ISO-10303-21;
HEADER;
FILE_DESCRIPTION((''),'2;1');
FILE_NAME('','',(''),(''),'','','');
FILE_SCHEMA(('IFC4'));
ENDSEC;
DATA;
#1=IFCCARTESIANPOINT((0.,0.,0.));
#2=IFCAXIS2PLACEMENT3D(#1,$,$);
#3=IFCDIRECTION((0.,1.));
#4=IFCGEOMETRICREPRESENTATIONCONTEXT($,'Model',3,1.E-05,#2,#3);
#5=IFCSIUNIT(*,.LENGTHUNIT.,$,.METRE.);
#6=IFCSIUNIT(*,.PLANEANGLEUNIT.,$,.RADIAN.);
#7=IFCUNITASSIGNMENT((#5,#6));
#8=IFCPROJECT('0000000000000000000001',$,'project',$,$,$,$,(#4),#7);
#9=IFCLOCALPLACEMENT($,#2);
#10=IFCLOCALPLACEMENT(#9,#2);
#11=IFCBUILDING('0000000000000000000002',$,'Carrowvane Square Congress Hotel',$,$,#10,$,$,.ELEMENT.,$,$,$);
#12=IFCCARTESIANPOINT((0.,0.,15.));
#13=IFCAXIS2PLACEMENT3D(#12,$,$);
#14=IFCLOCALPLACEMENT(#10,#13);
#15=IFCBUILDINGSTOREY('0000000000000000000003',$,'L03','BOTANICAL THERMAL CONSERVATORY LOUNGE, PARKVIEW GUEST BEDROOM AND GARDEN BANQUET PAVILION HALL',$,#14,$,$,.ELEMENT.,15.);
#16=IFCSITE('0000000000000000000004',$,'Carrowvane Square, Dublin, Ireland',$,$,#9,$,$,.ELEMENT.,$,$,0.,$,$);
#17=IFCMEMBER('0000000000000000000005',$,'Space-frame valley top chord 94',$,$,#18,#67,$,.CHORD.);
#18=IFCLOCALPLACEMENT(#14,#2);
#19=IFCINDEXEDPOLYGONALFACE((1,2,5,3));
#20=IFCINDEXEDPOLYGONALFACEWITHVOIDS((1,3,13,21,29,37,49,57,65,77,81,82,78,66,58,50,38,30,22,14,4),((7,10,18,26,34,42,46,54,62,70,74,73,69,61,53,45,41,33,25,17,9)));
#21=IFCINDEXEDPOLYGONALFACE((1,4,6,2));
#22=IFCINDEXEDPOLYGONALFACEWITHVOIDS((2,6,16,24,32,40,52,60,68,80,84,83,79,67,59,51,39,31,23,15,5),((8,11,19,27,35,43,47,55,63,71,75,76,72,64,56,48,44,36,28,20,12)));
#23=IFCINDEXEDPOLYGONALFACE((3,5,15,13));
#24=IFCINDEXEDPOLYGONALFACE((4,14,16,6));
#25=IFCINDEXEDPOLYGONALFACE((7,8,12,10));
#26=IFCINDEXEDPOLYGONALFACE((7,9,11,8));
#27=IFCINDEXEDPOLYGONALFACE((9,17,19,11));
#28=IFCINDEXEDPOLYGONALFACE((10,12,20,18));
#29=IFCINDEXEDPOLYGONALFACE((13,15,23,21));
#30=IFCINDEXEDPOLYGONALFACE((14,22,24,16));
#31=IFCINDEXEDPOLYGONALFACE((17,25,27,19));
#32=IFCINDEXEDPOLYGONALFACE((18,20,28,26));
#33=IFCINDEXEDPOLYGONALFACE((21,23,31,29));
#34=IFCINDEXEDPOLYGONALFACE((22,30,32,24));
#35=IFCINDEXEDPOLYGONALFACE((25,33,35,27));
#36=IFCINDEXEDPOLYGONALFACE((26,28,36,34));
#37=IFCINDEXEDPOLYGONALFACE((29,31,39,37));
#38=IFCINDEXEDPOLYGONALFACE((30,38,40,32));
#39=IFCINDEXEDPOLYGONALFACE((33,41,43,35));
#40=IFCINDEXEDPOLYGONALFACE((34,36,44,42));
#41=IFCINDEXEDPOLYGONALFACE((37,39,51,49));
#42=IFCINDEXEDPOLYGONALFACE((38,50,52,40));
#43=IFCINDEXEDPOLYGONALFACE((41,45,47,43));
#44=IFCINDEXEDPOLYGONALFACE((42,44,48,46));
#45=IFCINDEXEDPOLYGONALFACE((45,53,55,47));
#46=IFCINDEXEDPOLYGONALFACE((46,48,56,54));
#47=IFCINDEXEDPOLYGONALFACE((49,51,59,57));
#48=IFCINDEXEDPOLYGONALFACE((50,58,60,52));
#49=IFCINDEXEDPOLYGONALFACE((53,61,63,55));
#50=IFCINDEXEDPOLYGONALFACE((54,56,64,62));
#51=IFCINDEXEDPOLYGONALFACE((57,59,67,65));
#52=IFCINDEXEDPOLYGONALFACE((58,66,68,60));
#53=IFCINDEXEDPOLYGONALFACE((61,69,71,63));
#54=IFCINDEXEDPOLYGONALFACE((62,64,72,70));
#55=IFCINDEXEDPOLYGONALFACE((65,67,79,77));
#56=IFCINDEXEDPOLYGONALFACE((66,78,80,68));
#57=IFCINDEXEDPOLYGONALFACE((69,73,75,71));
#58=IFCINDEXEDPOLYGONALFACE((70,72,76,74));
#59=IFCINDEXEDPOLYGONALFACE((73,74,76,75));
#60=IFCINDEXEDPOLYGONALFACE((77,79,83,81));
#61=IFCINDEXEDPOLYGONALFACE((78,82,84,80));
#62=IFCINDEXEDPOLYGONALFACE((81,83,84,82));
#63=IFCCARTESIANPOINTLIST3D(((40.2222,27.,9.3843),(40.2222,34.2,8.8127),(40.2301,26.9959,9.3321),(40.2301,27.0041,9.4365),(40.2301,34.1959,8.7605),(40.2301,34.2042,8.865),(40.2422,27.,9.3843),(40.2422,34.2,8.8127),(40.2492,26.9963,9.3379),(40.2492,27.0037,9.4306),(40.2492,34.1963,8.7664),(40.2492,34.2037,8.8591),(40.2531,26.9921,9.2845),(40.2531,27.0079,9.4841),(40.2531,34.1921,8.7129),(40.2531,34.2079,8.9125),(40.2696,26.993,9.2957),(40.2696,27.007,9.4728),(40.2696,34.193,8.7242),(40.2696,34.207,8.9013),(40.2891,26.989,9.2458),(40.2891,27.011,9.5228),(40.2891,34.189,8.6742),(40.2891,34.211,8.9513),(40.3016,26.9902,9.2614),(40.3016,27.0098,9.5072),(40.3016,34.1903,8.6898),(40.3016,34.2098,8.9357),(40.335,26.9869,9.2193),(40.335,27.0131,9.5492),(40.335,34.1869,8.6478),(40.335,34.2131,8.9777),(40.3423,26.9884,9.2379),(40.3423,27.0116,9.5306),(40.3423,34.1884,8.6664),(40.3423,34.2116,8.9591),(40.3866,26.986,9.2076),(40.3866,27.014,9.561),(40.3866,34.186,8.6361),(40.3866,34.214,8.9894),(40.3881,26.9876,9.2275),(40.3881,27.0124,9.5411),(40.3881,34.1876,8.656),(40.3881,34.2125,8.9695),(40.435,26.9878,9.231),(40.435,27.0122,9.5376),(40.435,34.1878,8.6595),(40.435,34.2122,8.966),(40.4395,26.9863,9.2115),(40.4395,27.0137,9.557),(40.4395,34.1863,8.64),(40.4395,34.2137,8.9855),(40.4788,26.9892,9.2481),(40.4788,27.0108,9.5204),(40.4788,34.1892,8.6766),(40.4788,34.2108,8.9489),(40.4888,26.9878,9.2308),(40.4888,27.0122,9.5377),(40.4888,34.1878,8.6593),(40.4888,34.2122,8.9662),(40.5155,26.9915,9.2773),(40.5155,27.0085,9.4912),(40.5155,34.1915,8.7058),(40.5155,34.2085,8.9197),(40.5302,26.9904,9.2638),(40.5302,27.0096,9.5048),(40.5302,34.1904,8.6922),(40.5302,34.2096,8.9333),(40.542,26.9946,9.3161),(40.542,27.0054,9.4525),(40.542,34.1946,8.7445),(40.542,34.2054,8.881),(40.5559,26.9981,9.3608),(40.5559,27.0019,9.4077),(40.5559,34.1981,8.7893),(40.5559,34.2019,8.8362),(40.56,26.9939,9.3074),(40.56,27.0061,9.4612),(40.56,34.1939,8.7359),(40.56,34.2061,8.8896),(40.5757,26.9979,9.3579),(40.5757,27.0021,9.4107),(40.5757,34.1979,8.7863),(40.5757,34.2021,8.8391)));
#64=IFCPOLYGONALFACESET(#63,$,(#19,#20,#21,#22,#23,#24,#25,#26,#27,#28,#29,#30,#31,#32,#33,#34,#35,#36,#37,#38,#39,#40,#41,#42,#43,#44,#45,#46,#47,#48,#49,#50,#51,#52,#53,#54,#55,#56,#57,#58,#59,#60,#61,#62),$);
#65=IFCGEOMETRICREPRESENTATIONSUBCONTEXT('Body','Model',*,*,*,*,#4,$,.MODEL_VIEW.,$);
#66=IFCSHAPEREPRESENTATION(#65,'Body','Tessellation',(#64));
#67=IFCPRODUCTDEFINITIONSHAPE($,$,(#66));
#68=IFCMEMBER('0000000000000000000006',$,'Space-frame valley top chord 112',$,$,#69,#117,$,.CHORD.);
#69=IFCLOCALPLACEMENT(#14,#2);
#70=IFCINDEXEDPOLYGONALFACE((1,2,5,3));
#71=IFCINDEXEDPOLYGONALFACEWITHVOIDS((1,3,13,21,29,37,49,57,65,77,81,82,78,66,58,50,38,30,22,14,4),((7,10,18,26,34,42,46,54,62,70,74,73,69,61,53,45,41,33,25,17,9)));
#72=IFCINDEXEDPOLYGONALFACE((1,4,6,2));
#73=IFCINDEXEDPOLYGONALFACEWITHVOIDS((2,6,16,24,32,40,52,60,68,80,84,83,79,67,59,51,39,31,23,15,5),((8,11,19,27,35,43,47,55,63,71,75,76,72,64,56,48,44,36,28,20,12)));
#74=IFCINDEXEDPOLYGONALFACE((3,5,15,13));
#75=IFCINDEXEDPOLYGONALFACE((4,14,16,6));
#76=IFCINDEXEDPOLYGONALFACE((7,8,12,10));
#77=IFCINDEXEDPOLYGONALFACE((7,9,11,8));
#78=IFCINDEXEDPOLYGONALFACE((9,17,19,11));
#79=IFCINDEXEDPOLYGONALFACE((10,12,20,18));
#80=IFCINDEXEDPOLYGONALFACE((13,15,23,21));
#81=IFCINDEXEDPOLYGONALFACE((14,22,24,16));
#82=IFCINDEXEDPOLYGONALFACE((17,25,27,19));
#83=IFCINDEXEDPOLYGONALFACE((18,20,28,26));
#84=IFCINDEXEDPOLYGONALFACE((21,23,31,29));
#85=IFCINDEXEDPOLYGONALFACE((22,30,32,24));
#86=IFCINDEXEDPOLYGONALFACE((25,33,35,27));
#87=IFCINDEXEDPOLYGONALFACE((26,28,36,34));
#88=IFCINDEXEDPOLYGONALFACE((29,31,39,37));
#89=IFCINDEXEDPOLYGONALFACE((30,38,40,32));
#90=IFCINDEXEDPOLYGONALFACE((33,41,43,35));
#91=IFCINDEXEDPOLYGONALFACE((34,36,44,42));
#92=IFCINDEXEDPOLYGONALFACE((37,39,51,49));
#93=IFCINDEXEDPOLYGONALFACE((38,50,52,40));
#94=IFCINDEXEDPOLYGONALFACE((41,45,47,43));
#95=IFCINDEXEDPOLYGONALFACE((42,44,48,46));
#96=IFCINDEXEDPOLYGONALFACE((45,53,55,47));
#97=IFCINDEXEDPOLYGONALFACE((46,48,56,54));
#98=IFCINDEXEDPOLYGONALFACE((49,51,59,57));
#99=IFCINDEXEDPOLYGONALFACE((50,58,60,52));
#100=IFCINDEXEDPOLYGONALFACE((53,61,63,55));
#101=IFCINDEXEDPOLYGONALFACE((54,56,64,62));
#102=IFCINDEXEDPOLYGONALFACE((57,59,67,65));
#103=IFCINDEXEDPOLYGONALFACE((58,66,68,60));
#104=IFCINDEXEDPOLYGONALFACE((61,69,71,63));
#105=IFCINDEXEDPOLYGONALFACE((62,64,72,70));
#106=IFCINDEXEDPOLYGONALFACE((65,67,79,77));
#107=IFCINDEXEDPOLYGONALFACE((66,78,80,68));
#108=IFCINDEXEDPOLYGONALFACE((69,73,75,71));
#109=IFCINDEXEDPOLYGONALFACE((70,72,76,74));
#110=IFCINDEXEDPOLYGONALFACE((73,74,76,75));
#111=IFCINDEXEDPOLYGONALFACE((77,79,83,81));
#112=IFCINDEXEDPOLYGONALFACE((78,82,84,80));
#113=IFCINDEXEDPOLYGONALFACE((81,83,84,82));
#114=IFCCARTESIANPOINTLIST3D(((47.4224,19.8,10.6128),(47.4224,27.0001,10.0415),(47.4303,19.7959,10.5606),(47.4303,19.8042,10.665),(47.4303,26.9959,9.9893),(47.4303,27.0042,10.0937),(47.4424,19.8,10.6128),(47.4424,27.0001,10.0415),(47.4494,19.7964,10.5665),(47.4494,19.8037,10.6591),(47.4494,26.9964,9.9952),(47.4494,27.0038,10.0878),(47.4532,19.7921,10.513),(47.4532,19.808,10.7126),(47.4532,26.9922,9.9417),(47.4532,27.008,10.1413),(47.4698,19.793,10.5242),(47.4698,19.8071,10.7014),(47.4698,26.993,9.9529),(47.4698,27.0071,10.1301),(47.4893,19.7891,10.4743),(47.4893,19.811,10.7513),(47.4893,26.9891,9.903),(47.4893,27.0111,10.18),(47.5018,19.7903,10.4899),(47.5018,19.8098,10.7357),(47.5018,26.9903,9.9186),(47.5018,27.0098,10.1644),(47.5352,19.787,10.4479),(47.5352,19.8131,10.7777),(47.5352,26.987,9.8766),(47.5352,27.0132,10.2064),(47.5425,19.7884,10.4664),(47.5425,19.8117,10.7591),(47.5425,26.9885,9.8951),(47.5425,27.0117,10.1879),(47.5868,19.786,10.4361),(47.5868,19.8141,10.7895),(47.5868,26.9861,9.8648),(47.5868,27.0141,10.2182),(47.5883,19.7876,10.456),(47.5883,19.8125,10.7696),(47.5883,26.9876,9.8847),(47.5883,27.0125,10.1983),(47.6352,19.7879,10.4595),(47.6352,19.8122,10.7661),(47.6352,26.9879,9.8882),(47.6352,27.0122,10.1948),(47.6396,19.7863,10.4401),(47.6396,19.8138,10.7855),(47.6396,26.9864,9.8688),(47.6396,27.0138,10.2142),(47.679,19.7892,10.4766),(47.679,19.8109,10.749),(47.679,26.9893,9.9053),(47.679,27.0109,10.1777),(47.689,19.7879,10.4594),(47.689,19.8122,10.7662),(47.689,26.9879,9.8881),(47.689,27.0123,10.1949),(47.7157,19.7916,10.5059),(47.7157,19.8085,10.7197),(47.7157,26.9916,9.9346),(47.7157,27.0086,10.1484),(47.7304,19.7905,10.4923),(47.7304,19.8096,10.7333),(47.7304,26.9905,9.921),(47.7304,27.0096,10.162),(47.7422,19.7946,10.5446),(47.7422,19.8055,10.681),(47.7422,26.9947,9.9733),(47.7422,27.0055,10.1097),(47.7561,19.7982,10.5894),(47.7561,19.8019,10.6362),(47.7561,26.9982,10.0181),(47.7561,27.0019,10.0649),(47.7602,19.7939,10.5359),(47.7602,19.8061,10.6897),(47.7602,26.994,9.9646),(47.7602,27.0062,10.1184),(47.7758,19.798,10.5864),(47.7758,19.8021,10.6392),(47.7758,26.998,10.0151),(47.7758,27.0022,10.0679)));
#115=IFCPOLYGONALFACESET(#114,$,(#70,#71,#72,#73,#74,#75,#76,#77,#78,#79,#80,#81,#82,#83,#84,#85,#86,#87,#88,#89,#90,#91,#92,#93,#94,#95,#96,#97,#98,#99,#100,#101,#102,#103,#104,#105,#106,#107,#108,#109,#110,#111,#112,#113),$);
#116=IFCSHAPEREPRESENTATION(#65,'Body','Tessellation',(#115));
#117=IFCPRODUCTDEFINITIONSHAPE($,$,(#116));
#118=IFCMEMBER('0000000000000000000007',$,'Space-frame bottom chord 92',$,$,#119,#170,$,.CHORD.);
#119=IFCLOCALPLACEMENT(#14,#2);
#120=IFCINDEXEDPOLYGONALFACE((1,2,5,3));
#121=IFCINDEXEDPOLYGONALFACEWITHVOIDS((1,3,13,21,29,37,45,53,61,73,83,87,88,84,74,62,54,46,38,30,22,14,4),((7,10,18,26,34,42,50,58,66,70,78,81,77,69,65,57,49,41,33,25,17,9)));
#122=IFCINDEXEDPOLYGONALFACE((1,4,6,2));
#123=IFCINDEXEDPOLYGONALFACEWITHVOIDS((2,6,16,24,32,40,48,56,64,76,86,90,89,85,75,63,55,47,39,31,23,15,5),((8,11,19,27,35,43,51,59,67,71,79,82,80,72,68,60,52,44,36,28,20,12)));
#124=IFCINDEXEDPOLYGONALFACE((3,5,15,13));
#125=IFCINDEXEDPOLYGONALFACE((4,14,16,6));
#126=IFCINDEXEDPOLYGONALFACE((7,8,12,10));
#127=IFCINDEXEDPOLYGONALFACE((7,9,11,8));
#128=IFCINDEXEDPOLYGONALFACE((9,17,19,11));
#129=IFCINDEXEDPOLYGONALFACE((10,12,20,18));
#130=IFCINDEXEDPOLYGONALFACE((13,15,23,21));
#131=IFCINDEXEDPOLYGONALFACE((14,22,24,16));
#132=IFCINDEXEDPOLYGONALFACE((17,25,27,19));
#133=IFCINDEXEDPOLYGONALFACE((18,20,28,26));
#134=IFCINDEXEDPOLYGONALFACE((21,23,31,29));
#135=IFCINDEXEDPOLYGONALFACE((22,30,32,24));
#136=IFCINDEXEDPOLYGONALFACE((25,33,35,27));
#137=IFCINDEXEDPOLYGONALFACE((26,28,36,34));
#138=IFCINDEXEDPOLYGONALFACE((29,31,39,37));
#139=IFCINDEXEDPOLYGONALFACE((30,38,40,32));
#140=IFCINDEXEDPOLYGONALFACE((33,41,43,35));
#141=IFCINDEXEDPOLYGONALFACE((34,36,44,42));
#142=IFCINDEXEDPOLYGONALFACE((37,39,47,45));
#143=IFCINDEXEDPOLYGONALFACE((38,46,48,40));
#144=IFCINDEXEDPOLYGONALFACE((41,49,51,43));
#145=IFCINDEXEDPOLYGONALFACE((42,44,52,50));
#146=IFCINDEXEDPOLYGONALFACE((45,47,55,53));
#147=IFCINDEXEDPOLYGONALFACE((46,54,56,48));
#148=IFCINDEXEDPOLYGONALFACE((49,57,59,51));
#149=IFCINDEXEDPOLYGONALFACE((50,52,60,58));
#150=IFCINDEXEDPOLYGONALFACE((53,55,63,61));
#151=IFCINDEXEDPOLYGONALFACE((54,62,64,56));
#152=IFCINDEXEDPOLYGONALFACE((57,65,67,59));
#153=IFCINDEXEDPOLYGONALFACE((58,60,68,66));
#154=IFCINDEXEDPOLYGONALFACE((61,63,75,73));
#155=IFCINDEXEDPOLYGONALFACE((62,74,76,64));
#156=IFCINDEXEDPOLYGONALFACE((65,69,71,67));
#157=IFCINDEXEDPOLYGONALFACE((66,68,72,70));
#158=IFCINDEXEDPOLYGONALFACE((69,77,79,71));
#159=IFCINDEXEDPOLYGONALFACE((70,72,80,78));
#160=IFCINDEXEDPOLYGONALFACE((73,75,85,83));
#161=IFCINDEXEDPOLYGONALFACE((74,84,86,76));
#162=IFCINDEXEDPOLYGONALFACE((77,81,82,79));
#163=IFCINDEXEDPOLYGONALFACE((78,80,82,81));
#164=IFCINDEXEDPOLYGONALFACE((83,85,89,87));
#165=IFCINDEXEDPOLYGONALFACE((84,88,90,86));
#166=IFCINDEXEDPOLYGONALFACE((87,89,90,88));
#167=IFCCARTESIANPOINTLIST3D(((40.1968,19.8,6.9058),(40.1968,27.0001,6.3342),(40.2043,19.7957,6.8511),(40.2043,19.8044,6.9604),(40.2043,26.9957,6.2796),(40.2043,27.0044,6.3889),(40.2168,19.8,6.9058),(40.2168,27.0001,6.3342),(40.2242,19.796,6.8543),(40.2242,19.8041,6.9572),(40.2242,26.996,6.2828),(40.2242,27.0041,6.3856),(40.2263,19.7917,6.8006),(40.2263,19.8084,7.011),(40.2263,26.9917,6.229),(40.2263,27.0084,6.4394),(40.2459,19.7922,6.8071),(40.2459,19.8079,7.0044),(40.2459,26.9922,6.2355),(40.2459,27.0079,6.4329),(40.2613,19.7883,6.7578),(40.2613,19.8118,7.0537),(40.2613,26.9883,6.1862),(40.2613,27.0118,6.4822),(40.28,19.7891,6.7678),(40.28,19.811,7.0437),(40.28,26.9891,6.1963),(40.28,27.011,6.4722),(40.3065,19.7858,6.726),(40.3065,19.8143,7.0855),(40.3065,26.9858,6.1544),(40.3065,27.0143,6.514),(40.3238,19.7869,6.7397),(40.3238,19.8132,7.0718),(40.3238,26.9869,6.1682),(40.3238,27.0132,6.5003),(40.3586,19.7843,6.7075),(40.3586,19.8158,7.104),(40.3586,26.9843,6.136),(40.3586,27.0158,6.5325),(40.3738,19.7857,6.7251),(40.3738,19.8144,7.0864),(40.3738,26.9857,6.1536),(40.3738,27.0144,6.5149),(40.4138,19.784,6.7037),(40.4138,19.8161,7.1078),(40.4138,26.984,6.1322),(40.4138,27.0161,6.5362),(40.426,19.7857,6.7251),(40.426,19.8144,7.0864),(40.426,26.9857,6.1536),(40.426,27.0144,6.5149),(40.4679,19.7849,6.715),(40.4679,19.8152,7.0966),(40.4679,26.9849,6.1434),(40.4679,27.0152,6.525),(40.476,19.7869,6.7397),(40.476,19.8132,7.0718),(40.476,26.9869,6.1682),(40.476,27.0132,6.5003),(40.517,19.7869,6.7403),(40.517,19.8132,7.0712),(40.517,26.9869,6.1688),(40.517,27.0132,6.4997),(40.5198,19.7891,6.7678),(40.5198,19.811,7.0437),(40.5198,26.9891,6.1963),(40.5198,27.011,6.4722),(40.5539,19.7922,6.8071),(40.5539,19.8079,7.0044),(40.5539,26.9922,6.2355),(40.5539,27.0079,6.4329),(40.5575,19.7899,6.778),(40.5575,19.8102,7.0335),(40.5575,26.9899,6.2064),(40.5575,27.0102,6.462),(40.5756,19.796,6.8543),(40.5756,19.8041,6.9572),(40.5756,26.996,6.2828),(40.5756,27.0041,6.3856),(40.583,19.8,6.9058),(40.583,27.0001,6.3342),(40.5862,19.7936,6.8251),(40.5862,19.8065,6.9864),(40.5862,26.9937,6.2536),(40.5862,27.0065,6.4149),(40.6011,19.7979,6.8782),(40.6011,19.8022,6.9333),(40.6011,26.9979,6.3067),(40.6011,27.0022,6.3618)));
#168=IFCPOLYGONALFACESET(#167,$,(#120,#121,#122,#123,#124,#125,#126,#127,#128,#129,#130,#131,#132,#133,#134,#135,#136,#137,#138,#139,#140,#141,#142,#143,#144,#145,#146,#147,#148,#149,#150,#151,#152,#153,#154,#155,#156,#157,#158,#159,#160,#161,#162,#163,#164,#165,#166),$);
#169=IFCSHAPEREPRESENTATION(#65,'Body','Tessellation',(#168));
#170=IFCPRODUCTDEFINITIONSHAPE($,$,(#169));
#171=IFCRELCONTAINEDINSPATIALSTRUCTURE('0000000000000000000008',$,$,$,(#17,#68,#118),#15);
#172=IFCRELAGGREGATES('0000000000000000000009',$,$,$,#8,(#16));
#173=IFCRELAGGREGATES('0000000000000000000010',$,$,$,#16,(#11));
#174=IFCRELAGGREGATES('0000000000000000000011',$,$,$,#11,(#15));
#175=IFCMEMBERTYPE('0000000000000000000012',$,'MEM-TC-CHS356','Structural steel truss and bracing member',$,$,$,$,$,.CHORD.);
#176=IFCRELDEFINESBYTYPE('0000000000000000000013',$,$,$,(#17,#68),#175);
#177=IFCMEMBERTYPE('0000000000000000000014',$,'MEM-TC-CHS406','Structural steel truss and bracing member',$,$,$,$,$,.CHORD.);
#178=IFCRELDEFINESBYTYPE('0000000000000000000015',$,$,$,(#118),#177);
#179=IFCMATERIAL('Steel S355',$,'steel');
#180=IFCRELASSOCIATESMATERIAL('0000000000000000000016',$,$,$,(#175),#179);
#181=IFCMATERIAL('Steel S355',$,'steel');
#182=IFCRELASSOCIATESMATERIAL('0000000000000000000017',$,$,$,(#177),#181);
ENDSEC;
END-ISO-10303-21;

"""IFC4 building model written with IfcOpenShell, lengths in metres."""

from ifc_helpers import new_model, si_unit, direction, frame, origin, origin_2d, place, context, subcontext, project, spatial, hollow_circle, extrude, material, material_profile, profile_set, type_object, element, save


model = new_model("IFC4")

# Units and contexts
model_context = context("Model", 3, precision=1e-05, world=origin(), true_north=direction((0.0, 1.0)))
body_context = subcontext(model_context, "Body", "Model", "MODEL_VIEW")
ifc_project = project(units=[si_unit("LENGTHUNIT", "METRE"), si_unit("PLANEANGLEUNIT", "RADIAN")], contexts=[model_context])

# Site, building, storey
site_placement = place(None, origin())
site = spatial("IfcSite", under=ifc_project, at=site_placement, Name="Carrowvane Square, Dublin, Ireland", CompositionType="ELEMENT", RefElevation=0.0)
building_placement = place(site_placement, origin())
building = spatial("IfcBuilding", under=site, at=building_placement, Name="Carrowvane Square Congress Hotel", CompositionType="ELEMENT")
storey_placement = place(building_placement, frame((0.0, 0.0, 15.0)))
storey = spatial("IfcBuildingStorey", under=building, at=storey_placement, Name="L03", Description="BOTANICAL THERMAL CONSERVATORY LOUNGE, PARKVIEW GUEST BEDROOM AND GARDEN BANQUET PAVILION HALL", CompositionType="ELEMENT", Elevation=15.0)

# Members
ifc_material_1 = material(Name="Steel S355", Category="steel")
ifc_material_profile_1 = material_profile(ifc_material_1, hollow_circle(Radius=0.1777, WallThickness=0.02, at=origin_2d()), Name="CHS 355.6x20")
ifc_profile_set_1 = profile_set([ifc_material_profile_1], Name="Steel S355")
member_type_1 = type_object("IfcMemberType", Name="MEM-TC-CHS356", Description="Structural steel truss and bracing member", PredefinedType="CHORD", material=ifc_profile_set_1)
for number, where, z_axis, x_axis, name in (
    (1, (40.3999, 27.0, 9.3843), (0.0, 0.996864, -0.079131), (-1.0, 0.0, 0.0), "Space-frame valley top chord 94"),
    (2, (47.6001, 19.8, 10.6128), (0.0, 0.996867, -0.079098), (-1.0, 0.0, 0.0), "Space-frame valley top chord 112"),
):
    element("IfcMember", number, at=place(storey_placement, frame(where, z_axis=z_axis, x_axis=x_axis)), inside=storey, type_object=member_type_1, Name=name, PredefinedType="CHORD", context=body_context, shape_type="SweptSolid", body=[
        extrude(hollow_circle(Radius=0.1777, WallThickness=0.02, at=origin_2d()), origin(), (0.0, 0.0, 1.0), 7.2227),
    ])
ifc_material_2 = material(Name="Steel S355", Category="steel")
ifc_material_profile_2 = material_profile(ifc_material_2, hollow_circle(Radius=0.2031, WallThickness=0.02, at=origin_2d()), Name="CHS 406.4x20")
ifc_profile_set_2 = profile_set([ifc_material_profile_2], Name="Steel S355")
member_type_2 = type_object("IfcMemberType", Name="MEM-TC-CHS406", Description="Structural steel truss and bracing member", PredefinedType="CHORD", material=ifc_profile_set_2)
for number, where, z_axis, x_axis, name in (
    (3, (40.3999, 19.8, 6.9058), (0.0, 0.996864, -0.079131), (-1.0, 0.0, 0.0), "Space-frame bottom chord 92"),
):
    element("IfcMember", number, at=place(storey_placement, frame(where, z_axis=z_axis, x_axis=x_axis)), inside=storey, type_object=member_type_2, Name=name, PredefinedType="CHORD", context=body_context, shape_type="SweptSolid", body=[
        extrude(hollow_circle(Radius=0.2031, WallThickness=0.02, at=origin_2d()), origin(), (0.0, 0.0, 1.0), 7.2227),
    ])

save(model, "model.ifc")
